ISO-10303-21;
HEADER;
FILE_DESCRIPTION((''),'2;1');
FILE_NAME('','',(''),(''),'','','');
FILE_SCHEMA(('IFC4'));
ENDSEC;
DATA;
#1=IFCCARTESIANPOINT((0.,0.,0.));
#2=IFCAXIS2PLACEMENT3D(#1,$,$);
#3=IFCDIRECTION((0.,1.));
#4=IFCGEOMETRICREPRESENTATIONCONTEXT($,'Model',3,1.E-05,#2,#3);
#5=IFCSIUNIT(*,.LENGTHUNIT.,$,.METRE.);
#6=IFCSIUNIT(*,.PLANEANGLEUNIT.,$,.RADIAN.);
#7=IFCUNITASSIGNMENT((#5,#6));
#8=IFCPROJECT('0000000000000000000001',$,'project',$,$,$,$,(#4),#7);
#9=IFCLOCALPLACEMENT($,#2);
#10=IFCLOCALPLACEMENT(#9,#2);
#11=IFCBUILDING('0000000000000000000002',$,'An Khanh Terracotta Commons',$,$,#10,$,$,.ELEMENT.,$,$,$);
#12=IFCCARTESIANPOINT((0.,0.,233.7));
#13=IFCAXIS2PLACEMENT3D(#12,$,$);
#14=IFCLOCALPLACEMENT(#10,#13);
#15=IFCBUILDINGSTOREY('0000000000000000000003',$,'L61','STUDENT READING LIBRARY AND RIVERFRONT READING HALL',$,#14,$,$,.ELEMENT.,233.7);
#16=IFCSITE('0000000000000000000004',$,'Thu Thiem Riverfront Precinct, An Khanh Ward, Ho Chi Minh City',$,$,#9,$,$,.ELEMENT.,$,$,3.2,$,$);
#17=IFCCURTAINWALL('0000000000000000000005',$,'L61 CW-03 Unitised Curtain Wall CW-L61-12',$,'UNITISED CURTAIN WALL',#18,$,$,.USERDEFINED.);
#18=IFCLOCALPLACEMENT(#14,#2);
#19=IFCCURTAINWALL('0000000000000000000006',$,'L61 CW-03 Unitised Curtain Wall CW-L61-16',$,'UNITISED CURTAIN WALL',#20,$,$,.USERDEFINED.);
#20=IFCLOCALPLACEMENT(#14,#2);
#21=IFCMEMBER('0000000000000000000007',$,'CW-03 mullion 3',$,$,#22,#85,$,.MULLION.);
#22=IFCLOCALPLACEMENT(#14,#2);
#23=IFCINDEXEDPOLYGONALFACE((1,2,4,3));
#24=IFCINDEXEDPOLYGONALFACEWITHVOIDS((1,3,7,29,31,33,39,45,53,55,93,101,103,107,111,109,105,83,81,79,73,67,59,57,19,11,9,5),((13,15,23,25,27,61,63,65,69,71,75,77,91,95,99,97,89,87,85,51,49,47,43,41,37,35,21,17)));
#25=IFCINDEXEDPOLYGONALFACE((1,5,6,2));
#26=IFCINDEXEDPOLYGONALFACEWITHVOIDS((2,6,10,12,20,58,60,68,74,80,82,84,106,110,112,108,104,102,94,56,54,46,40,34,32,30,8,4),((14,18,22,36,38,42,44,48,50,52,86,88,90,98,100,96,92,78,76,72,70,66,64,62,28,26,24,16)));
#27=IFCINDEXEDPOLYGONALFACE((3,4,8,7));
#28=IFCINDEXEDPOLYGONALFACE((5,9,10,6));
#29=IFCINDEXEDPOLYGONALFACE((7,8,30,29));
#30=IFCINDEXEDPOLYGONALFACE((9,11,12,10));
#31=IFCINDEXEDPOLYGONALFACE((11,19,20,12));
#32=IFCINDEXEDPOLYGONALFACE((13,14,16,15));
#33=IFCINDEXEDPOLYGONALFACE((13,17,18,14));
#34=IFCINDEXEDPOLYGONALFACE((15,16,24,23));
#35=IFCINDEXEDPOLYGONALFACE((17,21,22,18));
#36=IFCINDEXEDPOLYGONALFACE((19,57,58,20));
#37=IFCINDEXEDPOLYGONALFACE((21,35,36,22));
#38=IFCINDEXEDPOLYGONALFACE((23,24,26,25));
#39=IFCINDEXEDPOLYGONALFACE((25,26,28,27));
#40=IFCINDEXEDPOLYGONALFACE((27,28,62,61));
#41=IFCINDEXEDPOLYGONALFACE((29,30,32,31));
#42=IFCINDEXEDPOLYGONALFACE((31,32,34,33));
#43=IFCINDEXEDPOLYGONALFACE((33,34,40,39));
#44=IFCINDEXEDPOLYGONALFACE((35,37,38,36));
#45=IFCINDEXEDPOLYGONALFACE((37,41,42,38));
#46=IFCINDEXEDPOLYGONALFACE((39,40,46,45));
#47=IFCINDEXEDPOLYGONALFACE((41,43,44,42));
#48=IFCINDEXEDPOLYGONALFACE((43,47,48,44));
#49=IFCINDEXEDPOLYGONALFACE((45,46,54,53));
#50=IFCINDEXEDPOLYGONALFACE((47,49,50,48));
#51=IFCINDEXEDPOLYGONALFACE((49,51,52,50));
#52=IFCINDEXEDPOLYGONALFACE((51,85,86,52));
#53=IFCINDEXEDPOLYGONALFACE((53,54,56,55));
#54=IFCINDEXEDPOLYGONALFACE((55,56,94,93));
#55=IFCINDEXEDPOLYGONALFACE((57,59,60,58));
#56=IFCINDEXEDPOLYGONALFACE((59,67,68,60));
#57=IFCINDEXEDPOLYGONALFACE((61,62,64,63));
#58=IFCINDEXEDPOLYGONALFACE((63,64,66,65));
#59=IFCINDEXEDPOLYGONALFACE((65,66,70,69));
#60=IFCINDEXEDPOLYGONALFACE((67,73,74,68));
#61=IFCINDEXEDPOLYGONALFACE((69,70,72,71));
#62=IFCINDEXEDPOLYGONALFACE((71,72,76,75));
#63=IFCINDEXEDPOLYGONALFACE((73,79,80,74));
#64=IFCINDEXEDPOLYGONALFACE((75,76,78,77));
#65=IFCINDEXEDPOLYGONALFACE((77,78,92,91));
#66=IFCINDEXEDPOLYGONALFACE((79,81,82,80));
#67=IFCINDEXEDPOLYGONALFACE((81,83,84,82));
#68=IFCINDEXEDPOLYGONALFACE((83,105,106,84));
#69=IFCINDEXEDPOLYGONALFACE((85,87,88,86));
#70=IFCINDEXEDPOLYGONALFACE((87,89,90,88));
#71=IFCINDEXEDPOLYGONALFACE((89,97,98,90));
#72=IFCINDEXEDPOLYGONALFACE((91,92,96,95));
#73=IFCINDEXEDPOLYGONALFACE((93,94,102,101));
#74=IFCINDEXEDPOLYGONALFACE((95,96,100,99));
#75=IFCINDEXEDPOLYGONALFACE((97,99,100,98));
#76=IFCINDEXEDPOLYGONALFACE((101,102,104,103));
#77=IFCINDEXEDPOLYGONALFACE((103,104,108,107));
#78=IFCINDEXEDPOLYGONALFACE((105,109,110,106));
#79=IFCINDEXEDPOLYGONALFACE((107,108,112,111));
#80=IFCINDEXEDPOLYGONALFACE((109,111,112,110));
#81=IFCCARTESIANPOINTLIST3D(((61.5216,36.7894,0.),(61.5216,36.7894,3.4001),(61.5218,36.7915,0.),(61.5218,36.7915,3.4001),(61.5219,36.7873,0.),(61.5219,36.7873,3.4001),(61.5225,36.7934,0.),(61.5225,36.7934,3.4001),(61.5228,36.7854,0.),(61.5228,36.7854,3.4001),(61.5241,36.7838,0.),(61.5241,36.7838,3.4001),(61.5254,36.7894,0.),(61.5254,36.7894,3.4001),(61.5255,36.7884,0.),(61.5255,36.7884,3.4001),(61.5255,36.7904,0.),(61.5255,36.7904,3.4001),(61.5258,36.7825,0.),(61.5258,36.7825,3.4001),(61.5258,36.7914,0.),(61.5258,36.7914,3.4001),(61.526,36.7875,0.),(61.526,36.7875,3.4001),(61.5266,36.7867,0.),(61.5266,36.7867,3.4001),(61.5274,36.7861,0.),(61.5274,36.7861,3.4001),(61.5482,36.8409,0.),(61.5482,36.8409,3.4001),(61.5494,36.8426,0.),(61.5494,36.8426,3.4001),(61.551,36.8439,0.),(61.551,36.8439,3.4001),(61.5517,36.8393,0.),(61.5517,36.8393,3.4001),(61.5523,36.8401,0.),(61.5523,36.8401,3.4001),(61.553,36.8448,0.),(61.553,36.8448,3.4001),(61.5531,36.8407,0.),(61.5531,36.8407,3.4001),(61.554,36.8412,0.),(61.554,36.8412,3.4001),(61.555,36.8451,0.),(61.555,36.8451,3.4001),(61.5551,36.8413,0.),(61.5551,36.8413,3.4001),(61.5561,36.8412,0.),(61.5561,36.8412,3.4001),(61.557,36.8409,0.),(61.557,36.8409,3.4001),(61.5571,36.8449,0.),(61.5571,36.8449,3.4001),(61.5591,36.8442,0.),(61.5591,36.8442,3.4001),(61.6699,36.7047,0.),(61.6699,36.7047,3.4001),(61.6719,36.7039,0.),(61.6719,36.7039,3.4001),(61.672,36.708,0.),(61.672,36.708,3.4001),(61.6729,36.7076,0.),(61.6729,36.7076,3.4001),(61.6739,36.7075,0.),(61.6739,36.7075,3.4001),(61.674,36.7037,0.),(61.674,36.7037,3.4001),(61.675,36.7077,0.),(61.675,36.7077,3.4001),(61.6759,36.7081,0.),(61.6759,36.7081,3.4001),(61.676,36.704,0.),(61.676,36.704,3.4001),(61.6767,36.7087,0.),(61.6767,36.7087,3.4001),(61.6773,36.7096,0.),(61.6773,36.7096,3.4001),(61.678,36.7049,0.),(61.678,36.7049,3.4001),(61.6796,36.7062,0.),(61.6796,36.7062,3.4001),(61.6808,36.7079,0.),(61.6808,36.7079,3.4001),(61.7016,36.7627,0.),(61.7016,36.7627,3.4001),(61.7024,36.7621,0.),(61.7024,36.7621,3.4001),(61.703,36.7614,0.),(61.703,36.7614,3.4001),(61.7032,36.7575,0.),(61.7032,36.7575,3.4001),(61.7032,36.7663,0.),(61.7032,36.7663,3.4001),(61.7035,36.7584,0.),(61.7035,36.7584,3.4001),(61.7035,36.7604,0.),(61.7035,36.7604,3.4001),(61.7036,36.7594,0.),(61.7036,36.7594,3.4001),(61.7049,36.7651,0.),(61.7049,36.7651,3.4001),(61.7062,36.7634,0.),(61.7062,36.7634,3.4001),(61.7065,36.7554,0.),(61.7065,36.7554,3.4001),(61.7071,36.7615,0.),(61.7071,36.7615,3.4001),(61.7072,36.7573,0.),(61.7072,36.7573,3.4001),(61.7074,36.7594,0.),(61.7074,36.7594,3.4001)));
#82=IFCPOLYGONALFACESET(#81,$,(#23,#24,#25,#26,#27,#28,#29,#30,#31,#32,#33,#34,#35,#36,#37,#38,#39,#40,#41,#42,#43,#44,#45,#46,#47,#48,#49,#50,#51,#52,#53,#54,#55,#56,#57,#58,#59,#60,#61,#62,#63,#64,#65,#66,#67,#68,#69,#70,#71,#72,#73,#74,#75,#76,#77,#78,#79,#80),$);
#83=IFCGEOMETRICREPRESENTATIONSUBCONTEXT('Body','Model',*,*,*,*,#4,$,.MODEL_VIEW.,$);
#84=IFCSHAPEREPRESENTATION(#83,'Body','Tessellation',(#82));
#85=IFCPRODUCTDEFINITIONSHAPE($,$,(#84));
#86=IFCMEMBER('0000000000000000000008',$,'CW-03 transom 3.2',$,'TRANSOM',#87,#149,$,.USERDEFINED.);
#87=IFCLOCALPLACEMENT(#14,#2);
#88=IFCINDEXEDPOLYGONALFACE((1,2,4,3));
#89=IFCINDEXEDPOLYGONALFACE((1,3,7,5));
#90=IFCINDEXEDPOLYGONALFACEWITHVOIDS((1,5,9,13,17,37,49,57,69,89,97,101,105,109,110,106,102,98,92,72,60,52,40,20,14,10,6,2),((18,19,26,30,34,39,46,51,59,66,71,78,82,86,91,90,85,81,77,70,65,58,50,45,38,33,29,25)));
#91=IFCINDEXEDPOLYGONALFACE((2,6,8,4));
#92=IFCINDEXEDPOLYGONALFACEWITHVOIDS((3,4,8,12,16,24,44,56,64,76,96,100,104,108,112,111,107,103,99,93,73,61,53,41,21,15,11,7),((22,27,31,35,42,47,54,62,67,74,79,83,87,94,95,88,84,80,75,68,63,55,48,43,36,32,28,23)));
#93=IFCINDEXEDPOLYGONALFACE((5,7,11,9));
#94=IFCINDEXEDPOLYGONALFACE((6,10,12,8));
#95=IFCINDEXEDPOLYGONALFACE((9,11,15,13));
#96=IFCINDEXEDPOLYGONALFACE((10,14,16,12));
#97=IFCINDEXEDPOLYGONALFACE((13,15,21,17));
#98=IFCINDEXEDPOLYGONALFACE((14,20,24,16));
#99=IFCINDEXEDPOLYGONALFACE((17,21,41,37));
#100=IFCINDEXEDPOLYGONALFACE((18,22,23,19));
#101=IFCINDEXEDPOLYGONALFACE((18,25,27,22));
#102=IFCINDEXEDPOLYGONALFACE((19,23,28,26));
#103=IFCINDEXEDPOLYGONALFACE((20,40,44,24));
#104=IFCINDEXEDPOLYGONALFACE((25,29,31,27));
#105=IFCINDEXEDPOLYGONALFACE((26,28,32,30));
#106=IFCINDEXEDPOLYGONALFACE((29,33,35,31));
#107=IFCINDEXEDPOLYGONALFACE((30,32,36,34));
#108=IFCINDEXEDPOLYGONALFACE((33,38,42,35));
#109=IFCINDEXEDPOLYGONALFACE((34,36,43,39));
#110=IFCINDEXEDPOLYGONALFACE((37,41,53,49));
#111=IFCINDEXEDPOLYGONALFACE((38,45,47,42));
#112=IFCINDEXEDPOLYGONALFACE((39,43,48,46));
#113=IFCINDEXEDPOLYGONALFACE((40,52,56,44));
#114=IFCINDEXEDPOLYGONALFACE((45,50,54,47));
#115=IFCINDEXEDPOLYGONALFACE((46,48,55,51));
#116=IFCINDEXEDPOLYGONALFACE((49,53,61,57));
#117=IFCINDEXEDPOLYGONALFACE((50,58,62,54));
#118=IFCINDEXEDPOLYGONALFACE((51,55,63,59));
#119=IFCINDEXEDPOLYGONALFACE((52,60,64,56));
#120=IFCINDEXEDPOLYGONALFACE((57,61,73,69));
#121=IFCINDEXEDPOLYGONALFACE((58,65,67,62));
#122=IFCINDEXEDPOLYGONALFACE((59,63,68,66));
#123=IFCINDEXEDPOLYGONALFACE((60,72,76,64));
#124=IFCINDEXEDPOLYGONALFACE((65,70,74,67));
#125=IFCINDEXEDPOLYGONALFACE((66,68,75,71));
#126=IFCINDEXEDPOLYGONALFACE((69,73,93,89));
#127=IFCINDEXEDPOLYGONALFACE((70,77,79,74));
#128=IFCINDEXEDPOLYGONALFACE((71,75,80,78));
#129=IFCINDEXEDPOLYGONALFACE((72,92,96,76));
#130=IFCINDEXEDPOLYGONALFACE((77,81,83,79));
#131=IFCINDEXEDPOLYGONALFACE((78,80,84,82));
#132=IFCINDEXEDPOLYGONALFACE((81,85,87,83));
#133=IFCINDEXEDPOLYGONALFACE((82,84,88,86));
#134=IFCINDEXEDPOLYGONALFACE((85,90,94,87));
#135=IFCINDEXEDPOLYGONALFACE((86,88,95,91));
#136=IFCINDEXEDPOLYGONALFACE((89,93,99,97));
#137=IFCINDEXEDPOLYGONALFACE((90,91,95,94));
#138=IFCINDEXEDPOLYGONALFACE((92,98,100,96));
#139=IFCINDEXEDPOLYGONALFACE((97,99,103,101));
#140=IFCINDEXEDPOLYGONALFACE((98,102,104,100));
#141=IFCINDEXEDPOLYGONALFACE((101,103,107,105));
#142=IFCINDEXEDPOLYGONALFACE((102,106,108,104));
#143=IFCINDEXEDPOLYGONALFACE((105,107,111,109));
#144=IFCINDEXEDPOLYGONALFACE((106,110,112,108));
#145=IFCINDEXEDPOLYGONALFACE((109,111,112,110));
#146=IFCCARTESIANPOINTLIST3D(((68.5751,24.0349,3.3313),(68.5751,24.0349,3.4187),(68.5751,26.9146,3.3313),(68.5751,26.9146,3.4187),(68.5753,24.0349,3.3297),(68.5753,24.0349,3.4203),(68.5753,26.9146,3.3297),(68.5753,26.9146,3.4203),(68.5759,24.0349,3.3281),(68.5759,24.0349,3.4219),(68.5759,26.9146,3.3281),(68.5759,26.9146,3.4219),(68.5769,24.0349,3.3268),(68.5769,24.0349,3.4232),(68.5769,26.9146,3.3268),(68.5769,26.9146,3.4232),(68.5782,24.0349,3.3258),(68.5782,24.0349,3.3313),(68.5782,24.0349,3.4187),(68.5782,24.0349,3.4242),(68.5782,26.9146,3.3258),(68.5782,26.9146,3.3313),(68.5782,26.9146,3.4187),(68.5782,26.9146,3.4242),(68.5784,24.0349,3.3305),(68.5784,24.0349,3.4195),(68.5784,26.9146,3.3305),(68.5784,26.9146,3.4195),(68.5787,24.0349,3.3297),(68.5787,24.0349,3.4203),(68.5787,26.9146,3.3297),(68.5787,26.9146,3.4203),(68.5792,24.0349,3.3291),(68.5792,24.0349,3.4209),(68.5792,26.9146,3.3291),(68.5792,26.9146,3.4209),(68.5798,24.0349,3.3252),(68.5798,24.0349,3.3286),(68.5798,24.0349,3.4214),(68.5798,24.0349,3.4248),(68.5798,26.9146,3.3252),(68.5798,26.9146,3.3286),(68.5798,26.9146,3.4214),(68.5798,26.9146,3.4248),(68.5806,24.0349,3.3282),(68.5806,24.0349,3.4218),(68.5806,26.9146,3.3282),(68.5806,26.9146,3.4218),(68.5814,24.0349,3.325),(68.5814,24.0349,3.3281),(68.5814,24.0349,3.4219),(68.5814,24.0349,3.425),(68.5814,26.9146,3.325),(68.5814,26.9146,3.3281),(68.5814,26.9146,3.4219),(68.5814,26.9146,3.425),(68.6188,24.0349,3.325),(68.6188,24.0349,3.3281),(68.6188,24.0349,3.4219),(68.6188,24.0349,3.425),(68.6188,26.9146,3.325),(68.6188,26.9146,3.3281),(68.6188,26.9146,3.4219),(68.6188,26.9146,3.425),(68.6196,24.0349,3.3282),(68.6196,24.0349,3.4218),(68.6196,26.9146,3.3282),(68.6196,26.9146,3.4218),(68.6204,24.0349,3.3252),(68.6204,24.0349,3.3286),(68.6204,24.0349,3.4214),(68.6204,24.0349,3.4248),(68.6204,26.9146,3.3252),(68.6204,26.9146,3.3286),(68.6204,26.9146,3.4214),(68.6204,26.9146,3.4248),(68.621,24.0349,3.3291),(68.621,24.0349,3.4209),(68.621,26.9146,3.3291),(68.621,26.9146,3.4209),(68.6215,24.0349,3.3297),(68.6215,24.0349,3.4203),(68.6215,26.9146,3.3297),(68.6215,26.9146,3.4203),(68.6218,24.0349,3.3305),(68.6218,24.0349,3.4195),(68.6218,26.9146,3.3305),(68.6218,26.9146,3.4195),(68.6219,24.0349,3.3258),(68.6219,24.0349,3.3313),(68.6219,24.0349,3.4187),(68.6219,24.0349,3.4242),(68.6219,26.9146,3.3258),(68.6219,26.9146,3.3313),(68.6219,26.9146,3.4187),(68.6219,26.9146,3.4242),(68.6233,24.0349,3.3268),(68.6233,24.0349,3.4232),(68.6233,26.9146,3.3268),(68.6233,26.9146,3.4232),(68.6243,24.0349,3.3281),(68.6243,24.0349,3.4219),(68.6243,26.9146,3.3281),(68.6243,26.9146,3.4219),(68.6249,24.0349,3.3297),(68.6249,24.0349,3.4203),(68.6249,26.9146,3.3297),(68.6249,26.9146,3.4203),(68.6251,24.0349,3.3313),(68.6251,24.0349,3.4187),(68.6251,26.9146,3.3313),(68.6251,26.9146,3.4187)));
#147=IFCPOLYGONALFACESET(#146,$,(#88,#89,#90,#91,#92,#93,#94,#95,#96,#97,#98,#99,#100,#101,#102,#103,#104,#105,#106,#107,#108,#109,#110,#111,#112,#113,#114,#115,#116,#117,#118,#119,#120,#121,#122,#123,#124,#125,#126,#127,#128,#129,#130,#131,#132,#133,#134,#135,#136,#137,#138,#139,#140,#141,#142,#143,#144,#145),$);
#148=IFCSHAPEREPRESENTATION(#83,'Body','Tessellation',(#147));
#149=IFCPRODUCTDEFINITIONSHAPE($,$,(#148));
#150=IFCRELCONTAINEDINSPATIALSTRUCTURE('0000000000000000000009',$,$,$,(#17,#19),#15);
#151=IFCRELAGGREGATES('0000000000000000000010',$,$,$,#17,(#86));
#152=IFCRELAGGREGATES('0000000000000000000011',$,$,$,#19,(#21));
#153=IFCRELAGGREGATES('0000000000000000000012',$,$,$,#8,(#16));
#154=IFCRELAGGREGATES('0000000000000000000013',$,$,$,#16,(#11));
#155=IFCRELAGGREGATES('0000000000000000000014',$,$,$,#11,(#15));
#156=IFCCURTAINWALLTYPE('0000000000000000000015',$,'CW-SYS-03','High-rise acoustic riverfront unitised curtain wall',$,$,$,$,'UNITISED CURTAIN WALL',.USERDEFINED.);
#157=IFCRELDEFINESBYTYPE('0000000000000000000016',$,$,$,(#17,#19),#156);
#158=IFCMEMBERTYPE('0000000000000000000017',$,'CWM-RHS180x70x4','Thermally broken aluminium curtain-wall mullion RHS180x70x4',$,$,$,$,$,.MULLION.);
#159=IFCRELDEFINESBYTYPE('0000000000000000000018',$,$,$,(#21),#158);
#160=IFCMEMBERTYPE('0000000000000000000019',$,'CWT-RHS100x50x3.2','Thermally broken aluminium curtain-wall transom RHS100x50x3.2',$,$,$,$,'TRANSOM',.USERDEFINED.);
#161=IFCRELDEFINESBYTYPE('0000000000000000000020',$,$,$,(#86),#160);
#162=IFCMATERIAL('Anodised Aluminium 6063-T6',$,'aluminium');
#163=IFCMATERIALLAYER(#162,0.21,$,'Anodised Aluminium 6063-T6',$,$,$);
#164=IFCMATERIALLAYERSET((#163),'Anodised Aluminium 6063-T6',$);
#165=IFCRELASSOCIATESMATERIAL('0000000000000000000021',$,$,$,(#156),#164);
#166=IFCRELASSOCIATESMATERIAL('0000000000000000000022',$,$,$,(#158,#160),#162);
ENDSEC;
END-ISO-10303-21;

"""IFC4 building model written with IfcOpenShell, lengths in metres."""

from ifc_helpers import new_model, si_unit, direction, frame, origin, origin_2d, place, context, subcontext, project, spatial, hollow_rectangle, extrude, material, layer, layer_set, material_profile, profile_set, type_object, element, aggregate, save


model = new_model("IFC4")

# Units and contexts
model_context = context("Model", 3, precision=1e-05, world=origin(), true_north=direction((0.0, 1.0)))
body_context = subcontext(model_context, "Body", "Model", "MODEL_VIEW")
ifc_project = project(units=[si_unit("LENGTHUNIT", "METRE"), si_unit("PLANEANGLEUNIT", "RADIAN")], contexts=[model_context])

# Site, building, storey
site_placement = place(None, origin())
site = spatial("IfcSite", under=ifc_project, at=site_placement, Name="Thu Thiem Riverfront Precinct, An Khanh Ward, Ho Chi Minh City", CompositionType="ELEMENT", RefElevation=3.2)
building_placement = place(site_placement, origin())
building = spatial("IfcBuilding", under=site, at=building_placement, Name="An Khanh Terracotta Commons", CompositionType="ELEMENT")
storey_placement = place(building_placement, frame((0.0, 0.0, 233.7)))
storey = spatial("IfcBuildingStorey", under=building, at=storey_placement, Name="L61", Description="STUDENT READING LIBRARY AND RIVERFRONT READING HALL", CompositionType="ELEMENT", Elevation=233.7)

# Curtain walls, member
ifc_material_1 = material(Name="Anodised Aluminium 6063-T6", Category="aluminium")
ifc_layer_1 = layer(ifc_material_1, 0.21, Name="Anodised Aluminium 6063-T6")
ifc_layer_set_1 = layer_set([ifc_layer_1], Name="Anodised Aluminium 6063-T6")
curtain_wall_type = type_object("IfcCurtainWallType", Name="CW-SYS-03", Description="High-rise acoustic riverfront unitised curtain wall", ElementType="UNITISED CURTAIN WALL", PredefinedType="USERDEFINED", material=ifc_layer_set_1)
curtain_wall_1_placement = place(storey_placement, origin())
curtain_wall_1 = element("IfcCurtainWall", 1, at=curtain_wall_1_placement, inside=storey, type_object=curtain_wall_type, Name="L61 CW-03 Unitised Curtain Wall CW-L61-12", ObjectType="UNITISED CURTAIN WALL", PredefinedType="USERDEFINED")
ifc_material_profile_1 = material_profile(ifc_material_1, hollow_rectangle(XDim=0.0701, YDim=0.1799, WallThickness=0.0039, InnerFilletRadius=0.0039, OuterFilletRadius=0.0081, at=origin_2d()), Name="RHS180x70x4")
ifc_profile_set_1 = profile_set([ifc_material_profile_1], Name="Anodised Aluminium 6063-T6")
member_type_1 = type_object("IfcMemberType", Name="CWM-RHS180x70x4", Description="Thermally broken aluminium curtain-wall mullion RHS180x70x4", PredefinedType="MULLION", material=ifc_profile_set_1)
curtain_wall_2_placement = place(storey_placement, origin())
curtain_wall_2 = element("IfcCurtainWall", 2, at=curtain_wall_2_placement, inside=storey, type_object=curtain_wall_type, Name="L61 CW-03 Unitised Curtain Wall CW-L61-16", ObjectType="UNITISED CURTAIN WALL", PredefinedType="USERDEFINED")
member_1_placement = place(storey_placement, frame((61.6145, 36.7744, 0.0), z_axis=(0.0, 0.0, 1.0), x_axis=(-0.475381, -0.87978, 0.0)))
member_1 = element("IfcMember", 3, at=member_1_placement, type_object=member_type_1, Name="CW-03 mullion 3", PredefinedType="MULLION", context=body_context, shape_type="SweptSolid", body=[
    extrude(hollow_rectangle(XDim=0.0701, YDim=0.1799, WallThickness=0.0039, InnerFilletRadius=0.0039, OuterFilletRadius=0.0081, at=origin_2d()), origin(), (0.0, 0.0, 1.0), 3.4001),
])

# Member
ifc_material_profile_2 = material_profile(ifc_material_1, hollow_rectangle(XDim=0.05, YDim=0.1001, WallThickness=0.0032, InnerFilletRadius=0.0032, OuterFilletRadius=0.0063, at=origin_2d()), Name="RHS100x50x3.2")
ifc_profile_set_2 = profile_set([ifc_material_profile_2], Name="Anodised Aluminium 6063-T6")
member_type_2 = type_object("IfcMemberType", Name="CWT-RHS100x50x3.2", Description="Thermally broken aluminium curtain-wall transom RHS100x50x3.2", ElementType="TRANSOM", PredefinedType="USERDEFINED", material=ifc_profile_set_2)
member_2_placement = place(storey_placement, frame((68.6001, 24.0349, 3.375), z_axis=(0.0, 1.0, 0.0), x_axis=(-1.0, 0.0, 0.0)))
member_2 = element("IfcMember", 4, at=member_2_placement, type_object=member_type_2, Name="CW-03 transom 3.2", ObjectType="TRANSOM", PredefinedType="USERDEFINED", context=body_context, shape_type="SweptSolid", body=[
    extrude(hollow_rectangle(XDim=0.05, YDim=0.1001, WallThickness=0.0032, InnerFilletRadius=0.0032, OuterFilletRadius=0.0063, at=origin_2d()), origin(), (0.0, 0.0, 1.0), 2.8796),
])

aggregate(curtain_wall_1, [member_2])
aggregate(curtain_wall_2, [member_1])

save(model, "model.ifc")
